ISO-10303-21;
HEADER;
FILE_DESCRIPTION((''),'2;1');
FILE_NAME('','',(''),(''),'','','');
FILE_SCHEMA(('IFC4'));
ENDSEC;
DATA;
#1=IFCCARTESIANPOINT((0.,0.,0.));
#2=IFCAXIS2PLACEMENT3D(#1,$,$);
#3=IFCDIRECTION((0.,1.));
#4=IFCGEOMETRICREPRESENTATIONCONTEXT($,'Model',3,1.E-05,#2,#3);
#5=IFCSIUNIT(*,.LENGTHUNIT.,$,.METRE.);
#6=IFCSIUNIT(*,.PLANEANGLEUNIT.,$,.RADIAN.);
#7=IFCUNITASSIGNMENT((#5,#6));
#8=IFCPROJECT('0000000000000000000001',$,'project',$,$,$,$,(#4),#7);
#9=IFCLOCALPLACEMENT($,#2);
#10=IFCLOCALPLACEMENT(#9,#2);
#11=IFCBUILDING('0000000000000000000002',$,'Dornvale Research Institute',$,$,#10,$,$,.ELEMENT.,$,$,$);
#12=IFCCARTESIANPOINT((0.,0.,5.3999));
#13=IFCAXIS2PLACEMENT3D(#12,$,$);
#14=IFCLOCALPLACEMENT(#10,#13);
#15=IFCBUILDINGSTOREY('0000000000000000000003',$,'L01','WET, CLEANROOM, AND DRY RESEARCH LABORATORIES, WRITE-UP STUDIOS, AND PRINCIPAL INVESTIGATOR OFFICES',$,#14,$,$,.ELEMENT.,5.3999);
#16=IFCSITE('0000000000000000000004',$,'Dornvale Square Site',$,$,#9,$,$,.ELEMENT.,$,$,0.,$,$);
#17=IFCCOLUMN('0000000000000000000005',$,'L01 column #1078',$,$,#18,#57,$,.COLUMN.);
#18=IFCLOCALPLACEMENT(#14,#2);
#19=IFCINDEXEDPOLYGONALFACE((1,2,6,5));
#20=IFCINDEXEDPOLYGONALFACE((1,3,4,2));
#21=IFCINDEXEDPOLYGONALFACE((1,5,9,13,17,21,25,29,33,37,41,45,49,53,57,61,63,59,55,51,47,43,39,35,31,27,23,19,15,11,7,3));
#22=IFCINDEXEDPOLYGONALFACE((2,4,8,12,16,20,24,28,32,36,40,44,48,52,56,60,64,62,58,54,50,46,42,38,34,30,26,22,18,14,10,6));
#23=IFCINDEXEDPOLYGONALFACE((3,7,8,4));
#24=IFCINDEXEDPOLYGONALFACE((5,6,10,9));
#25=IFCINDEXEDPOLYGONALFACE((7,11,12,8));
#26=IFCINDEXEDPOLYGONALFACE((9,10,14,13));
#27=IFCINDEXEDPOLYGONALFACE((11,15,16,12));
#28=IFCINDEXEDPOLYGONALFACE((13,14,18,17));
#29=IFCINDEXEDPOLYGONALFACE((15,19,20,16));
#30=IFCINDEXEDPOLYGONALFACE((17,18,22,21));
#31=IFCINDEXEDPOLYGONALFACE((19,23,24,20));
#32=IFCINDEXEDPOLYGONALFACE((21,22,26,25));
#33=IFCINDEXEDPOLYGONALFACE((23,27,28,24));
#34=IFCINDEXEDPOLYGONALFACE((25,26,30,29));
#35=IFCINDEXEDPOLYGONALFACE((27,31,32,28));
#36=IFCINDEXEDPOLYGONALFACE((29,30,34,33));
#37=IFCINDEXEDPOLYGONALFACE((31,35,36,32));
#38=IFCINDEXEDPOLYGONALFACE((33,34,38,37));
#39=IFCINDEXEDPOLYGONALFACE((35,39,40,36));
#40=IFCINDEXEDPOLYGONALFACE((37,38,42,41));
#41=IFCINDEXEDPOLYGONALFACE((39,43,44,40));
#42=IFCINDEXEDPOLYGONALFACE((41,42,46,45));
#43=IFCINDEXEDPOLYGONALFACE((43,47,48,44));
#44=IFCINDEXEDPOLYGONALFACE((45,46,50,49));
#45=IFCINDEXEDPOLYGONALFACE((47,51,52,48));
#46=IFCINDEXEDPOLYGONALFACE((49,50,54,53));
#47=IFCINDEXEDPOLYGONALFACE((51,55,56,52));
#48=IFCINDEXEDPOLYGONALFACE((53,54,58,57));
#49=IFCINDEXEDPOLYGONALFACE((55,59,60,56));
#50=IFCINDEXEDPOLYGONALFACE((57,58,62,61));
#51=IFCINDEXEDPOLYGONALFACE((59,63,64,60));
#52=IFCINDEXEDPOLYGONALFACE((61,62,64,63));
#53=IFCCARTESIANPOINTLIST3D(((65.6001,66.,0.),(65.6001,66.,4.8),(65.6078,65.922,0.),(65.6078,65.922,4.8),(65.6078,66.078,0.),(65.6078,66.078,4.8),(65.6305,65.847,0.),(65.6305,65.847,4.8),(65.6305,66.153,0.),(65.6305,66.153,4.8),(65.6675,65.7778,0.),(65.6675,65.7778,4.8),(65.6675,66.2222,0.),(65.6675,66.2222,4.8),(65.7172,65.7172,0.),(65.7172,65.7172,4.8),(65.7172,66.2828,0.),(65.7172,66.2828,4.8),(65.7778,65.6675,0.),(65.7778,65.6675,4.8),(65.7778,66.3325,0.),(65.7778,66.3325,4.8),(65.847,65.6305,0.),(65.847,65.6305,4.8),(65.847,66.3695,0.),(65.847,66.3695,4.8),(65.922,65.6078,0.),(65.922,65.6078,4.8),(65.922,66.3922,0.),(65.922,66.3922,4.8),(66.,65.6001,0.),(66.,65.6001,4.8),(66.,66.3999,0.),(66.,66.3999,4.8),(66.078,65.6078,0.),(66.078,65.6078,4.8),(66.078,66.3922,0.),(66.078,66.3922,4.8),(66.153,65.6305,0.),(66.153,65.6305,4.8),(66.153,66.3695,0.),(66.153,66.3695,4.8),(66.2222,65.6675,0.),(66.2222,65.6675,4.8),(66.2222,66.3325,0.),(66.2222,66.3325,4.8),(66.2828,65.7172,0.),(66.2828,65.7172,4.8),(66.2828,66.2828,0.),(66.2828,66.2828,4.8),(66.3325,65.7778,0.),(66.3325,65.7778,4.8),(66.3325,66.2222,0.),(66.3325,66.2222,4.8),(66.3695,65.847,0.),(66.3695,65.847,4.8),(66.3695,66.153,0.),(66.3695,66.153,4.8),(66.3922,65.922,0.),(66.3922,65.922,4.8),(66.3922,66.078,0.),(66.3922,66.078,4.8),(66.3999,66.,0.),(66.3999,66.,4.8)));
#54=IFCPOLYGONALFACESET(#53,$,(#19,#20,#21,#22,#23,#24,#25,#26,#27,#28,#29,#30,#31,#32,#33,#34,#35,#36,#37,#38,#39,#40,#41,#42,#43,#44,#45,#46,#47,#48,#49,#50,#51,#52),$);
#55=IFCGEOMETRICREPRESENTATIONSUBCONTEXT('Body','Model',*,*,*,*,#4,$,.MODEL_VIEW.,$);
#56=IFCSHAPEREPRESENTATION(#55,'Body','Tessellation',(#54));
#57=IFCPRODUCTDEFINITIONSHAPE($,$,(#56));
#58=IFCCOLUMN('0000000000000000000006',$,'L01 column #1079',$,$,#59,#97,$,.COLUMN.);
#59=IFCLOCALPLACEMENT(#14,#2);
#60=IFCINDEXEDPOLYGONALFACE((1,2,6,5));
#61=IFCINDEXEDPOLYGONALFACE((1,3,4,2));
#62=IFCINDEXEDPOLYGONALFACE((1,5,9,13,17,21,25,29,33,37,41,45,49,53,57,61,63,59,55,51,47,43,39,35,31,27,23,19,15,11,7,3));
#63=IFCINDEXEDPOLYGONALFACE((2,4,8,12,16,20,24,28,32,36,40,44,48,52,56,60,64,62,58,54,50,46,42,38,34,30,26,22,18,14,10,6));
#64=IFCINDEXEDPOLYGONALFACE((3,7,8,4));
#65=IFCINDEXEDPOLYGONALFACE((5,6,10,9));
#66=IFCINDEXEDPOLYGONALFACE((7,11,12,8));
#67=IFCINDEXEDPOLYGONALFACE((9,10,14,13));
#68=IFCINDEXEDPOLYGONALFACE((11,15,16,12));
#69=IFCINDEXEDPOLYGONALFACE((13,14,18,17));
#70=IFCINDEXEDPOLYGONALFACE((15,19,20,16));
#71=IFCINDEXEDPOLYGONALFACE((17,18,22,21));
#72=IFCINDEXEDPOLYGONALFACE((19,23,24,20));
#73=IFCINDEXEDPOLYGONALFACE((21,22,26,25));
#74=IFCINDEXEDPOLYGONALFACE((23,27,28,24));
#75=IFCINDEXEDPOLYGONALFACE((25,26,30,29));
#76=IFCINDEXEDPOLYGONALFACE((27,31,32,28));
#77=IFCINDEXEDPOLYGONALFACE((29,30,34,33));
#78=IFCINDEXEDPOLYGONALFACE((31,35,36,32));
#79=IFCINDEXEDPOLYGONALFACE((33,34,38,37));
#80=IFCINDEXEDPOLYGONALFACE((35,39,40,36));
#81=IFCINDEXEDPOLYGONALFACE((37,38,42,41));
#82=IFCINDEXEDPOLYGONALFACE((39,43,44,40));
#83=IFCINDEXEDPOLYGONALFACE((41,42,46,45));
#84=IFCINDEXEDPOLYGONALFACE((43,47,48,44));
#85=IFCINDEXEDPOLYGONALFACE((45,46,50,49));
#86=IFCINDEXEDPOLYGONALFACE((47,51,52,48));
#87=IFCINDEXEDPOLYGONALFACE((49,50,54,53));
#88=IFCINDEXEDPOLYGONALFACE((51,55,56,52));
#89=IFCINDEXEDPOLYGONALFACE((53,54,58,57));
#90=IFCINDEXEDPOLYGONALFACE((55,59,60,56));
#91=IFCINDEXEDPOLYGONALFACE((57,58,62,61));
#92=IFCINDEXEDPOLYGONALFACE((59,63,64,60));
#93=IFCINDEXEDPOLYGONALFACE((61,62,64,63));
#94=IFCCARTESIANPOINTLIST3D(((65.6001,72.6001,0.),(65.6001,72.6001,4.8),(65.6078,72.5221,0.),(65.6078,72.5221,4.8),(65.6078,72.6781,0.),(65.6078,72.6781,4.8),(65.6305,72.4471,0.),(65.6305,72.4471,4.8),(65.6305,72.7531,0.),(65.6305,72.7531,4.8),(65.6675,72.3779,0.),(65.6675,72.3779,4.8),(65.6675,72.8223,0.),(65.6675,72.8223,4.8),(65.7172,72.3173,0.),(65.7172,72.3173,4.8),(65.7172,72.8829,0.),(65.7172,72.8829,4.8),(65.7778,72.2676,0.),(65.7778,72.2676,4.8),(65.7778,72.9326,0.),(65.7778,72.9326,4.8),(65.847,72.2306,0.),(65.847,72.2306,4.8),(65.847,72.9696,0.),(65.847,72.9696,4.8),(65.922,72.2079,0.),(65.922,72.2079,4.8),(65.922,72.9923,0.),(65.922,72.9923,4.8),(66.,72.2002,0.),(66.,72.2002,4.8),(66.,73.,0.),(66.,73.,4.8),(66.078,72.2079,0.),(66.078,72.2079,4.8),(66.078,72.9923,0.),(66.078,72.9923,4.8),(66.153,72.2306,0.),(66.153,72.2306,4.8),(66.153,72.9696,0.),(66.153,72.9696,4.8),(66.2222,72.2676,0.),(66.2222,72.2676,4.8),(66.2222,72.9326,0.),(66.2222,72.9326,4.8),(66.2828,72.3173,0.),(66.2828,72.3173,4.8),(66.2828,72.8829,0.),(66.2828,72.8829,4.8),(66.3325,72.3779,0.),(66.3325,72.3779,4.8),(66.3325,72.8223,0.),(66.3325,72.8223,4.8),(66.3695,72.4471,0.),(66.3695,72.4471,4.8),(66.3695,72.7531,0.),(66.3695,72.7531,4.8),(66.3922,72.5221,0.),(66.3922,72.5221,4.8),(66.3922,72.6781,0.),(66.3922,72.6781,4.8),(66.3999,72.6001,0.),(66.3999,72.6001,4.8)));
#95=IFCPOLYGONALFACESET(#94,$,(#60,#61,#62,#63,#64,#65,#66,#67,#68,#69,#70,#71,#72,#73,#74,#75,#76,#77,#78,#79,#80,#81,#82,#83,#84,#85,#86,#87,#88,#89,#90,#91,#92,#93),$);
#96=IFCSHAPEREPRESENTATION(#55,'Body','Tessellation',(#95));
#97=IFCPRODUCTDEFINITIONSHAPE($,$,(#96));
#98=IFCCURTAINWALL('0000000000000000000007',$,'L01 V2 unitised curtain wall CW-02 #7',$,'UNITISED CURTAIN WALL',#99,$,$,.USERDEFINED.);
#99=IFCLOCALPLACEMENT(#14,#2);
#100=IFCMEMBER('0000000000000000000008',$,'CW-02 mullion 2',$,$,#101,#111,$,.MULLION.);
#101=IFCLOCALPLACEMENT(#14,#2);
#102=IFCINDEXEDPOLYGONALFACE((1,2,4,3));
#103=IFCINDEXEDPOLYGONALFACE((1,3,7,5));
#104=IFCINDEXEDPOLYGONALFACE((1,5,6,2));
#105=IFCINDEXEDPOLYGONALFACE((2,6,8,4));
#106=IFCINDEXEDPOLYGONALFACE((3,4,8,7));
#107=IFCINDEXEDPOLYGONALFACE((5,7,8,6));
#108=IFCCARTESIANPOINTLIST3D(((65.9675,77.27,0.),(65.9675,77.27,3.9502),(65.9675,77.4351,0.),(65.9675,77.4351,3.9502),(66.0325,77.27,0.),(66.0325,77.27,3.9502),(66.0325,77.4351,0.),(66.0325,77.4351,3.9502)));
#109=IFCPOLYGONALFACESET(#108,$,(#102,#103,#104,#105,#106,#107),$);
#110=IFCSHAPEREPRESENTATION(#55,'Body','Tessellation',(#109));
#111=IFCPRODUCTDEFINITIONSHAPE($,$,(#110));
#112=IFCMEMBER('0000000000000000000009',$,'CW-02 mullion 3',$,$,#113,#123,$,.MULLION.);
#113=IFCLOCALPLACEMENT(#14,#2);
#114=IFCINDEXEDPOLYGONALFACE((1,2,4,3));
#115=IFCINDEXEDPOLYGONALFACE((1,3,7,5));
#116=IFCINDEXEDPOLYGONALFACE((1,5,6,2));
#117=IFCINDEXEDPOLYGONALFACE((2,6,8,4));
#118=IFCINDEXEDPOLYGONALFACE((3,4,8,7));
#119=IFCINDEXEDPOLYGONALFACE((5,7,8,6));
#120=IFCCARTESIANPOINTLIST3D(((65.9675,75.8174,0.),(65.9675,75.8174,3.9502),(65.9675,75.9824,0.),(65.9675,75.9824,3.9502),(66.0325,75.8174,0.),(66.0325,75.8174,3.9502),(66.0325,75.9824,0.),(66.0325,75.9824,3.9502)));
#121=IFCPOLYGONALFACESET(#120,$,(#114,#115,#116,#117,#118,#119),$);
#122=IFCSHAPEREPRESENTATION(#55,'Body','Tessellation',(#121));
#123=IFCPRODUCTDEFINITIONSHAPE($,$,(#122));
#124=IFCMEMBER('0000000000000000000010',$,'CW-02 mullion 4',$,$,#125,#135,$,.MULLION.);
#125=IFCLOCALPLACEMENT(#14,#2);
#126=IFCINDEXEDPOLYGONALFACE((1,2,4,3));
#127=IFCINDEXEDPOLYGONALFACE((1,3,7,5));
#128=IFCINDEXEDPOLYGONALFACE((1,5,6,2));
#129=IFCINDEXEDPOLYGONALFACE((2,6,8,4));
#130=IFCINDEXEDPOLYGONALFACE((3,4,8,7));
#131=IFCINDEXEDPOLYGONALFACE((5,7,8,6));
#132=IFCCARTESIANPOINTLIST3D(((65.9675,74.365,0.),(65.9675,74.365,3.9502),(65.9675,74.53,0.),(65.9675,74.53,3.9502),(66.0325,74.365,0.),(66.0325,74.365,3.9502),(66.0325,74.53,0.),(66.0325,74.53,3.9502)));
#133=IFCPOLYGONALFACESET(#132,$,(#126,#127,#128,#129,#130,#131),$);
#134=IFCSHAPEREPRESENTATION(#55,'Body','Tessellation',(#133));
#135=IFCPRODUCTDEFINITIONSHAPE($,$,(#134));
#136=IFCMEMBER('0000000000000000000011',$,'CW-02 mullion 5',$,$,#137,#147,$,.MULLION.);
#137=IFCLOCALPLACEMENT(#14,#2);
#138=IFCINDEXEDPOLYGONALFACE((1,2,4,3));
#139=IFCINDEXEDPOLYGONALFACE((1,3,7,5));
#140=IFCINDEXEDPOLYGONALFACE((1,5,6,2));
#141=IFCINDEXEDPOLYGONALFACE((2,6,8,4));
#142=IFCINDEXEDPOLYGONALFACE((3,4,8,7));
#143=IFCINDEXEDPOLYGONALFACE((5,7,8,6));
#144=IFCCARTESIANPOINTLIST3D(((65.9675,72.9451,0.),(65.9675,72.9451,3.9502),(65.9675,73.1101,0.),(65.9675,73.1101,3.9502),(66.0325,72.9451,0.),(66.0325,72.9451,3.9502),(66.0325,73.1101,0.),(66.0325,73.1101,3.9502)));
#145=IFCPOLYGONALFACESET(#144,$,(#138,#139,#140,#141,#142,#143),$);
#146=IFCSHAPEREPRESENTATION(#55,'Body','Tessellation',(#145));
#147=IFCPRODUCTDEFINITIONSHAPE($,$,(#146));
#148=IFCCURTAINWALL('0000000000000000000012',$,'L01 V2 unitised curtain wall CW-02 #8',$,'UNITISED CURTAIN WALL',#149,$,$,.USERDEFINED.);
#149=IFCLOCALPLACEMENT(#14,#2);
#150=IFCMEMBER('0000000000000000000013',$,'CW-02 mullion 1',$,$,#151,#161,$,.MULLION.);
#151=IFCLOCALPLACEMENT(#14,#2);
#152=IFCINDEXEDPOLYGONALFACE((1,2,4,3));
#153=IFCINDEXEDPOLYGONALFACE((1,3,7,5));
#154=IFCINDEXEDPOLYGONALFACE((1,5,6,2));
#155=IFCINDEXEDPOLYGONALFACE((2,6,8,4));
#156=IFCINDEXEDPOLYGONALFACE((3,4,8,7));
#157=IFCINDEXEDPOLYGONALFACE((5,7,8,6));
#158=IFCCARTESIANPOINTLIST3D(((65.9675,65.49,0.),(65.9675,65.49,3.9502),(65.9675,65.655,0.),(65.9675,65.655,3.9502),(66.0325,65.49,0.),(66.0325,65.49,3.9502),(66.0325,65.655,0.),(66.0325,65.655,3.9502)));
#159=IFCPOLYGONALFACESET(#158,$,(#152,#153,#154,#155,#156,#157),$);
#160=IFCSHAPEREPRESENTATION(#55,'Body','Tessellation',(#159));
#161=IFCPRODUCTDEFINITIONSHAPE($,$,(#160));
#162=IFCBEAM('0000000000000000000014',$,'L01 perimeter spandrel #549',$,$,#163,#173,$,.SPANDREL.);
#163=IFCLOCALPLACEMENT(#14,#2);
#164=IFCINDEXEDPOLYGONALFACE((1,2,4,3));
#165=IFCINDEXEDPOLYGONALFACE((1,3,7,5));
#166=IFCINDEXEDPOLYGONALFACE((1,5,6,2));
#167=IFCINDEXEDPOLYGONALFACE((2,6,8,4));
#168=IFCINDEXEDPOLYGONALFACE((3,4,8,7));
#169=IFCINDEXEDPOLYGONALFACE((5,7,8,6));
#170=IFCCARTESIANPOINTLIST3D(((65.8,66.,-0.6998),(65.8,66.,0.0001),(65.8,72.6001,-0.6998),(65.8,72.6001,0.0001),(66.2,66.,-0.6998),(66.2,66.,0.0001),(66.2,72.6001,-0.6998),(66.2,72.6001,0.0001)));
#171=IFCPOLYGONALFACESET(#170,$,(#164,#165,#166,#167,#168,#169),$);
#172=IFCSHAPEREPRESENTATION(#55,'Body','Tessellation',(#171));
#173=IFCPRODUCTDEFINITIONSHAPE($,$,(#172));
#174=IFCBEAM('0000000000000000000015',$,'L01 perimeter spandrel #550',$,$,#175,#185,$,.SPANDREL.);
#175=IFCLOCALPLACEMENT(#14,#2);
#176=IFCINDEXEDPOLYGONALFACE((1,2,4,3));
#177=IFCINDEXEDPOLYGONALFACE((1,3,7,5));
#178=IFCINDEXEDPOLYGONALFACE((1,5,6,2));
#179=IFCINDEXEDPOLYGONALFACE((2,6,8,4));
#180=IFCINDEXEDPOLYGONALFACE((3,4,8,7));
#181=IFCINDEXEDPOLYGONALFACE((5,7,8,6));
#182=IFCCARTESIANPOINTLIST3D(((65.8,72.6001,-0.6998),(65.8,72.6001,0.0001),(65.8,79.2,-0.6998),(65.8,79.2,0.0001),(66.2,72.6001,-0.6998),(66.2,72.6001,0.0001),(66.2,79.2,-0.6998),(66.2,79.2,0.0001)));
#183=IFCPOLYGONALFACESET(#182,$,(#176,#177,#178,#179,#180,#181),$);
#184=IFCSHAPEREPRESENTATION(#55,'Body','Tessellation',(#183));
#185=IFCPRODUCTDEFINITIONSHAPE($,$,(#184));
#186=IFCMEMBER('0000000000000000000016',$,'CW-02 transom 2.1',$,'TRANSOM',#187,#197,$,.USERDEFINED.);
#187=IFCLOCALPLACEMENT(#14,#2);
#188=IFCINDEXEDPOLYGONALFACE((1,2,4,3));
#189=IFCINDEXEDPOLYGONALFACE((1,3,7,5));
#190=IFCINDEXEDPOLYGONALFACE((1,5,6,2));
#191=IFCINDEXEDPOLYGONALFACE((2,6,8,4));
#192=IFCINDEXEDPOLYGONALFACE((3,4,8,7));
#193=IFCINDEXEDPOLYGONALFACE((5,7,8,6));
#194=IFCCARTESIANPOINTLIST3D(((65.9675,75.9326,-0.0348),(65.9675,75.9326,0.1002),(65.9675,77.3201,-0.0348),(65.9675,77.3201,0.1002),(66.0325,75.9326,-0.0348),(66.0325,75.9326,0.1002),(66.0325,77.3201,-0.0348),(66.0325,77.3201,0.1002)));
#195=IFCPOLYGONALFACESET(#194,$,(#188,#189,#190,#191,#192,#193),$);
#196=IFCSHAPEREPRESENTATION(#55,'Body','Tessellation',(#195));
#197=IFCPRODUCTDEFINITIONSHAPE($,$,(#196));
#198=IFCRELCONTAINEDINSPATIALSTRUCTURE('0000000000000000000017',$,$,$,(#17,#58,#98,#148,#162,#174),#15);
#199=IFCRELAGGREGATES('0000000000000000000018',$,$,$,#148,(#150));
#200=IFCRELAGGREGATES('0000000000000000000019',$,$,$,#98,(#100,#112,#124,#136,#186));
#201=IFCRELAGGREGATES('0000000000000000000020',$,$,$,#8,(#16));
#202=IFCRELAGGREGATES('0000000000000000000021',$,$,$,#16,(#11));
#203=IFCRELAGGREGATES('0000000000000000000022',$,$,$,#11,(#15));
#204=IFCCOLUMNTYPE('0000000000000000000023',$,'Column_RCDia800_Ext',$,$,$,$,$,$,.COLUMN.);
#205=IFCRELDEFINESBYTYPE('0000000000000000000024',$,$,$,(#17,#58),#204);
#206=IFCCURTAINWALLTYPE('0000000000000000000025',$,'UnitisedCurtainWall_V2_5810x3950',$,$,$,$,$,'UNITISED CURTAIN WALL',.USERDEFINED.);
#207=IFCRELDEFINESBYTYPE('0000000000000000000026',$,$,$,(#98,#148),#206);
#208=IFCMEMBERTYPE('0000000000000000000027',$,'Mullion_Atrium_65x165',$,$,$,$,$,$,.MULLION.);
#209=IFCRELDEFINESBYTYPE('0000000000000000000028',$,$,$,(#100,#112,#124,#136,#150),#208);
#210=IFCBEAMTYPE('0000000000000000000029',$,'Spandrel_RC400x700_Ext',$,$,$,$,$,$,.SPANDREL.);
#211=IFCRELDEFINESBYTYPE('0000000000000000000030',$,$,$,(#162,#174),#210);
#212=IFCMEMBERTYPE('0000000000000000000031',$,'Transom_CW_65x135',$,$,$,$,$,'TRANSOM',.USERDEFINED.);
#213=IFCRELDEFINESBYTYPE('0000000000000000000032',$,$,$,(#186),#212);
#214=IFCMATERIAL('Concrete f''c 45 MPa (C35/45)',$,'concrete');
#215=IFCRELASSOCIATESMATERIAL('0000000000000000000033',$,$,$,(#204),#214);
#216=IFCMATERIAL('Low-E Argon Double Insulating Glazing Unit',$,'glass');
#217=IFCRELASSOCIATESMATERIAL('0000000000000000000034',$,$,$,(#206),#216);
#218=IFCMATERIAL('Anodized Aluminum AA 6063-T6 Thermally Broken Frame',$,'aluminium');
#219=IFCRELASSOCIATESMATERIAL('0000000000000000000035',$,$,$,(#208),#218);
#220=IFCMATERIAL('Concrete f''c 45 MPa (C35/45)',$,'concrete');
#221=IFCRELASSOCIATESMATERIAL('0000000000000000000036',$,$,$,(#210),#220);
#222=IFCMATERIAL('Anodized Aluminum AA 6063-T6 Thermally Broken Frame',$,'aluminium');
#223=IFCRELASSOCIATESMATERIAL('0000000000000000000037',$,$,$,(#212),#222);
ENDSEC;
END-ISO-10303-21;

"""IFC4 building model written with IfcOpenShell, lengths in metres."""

from ifc_helpers import new_model, si_unit, direction, frame, origin, origin_2d, place, context, subcontext, project, spatial, rectangle, circle, extrude, material, material_profile, profile_set, type_object, element, aggregate, save


model = new_model("IFC4")

# Units and contexts
model_context = context("Model", 3, precision=1e-05, world=origin(), true_north=direction((0.0, 1.0)))
body_context = subcontext(model_context, "Body", "Model", "MODEL_VIEW")
ifc_project = project(units=[si_unit("LENGTHUNIT", "METRE"), si_unit("PLANEANGLEUNIT", "RADIAN")], contexts=[model_context])

# Site, building, storey
site_placement = place(None, origin())
site = spatial("IfcSite", under=ifc_project, at=site_placement, Name="Dornvale Square Site", CompositionType="ELEMENT", RefElevation=0.0)
building_placement = place(site_placement, origin())
building = spatial("IfcBuilding", under=site, at=building_placement, Name="Dornvale Research Institute", CompositionType="ELEMENT")
storey_placement = place(building_placement, frame((0.0, 0.0, 5.3999)))
storey = spatial("IfcBuildingStorey", under=building, at=storey_placement, Name="L01", Description="WET, CLEANROOM, AND DRY RESEARCH LABORATORIES, WRITE-UP STUDIOS, AND PRINCIPAL INVESTIGATOR OFFICES", CompositionType="ELEMENT", Elevation=5.3999)

# Columns
ifc_material_1 = material(Name="Concrete f'c 45 MPa (C35/45)", Category="concrete")
ifc_material_profile_1 = material_profile(ifc_material_1, circle(Radius=0.3999, at=origin_2d()), Name="RC DIA 800")
ifc_profile_set_1 = profile_set([ifc_material_profile_1], Name="Concrete f'c 45 MPa (C35/45)")
column_type = type_object("IfcColumnType", Name="Column_RCDia800_Ext", PredefinedType="COLUMN", material=ifc_profile_set_1)
for number, where, z_axis, x_axis, name in (
    (1, (66.0, 66.0, 0.0), (0.0, 0.0, 1.0), (1.0, 0.0, 0.0), "L01 column #1078"),
    (2, (66.0, 72.6001, 0.0), (0.0, 0.0, 1.0), (1.0, 0.0, 0.0), "L01 column #1079"),
):
    element("IfcColumn", number, at=place(storey_placement, frame(where, z_axis=z_axis, x_axis=x_axis)), inside=storey, type_object=column_type, Name=name, PredefinedType="COLUMN", context=body_context, shape_type="SweptSolid", body=[
        extrude(circle(Radius=0.3999, at=origin_2d()), origin(), (0.0, 0.0, 1.0), 4.8),
    ])

# Curtain wall, members
ifc_material_2 = material(Name="Low-E Argon Double Insulating Glazing Unit", Category="glass")
curtain_wall_type = type_object("IfcCurtainWallType", Name="UnitisedCurtainWall_V2_5810x3950", ElementType="UNITISED CURTAIN WALL", PredefinedType="USERDEFINED", material=ifc_material_2)
curtain_wall_1_placement = place(storey_placement, origin())
curtain_wall_1 = element("IfcCurtainWall", 3, at=curtain_wall_1_placement, inside=storey, type_object=curtain_wall_type, Name="L01 V2 unitised curtain wall CW-02 #7", ObjectType="UNITISED CURTAIN WALL", PredefinedType="USERDEFINED")
ifc_material_3 = material(Name="Anodized Aluminum AA 6063-T6 Thermally Broken Frame", Category="aluminium")
ifc_material_profile_2 = material_profile(ifc_material_3, rectangle(XDim=0.0649, YDim=0.165, at=origin_2d()), Name="ALU MULLION 65x165")
ifc_profile_set_2 = profile_set([ifc_material_profile_2], Name="Anodized Aluminum AA 6063-T6 Thermally Broken Frame")
member_type_1 = type_object("IfcMemberType", Name="Mullion_Atrium_65x165", PredefinedType="MULLION", material=ifc_profile_set_2)
member_1_placement = place(storey_placement, frame((66.0, 77.3525, 0.0), z_axis=(0.0, 0.0, 1.0), x_axis=(1.0, 0.0, 0.0)))
member_1 = element("IfcMember", 4, at=member_1_placement, type_object=member_type_1, Name="CW-02 mullion 2", PredefinedType="MULLION", context=body_context, shape_type="SweptSolid", body=[
    extrude(rectangle(XDim=0.0649, YDim=0.165, at=origin_2d()), origin(), (0.0, 0.0, 1.0), 3.9502),
])
member_2_placement = place(storey_placement, frame((66.0, 75.8999, 0.0), z_axis=(0.0, 0.0, 1.0), x_axis=(1.0, 0.0, 0.0)))
member_2 = element("IfcMember", 5, at=member_2_placement, type_object=member_type_1, Name="CW-02 mullion 3", PredefinedType="MULLION", context=body_context, shape_type="SweptSolid", body=[
    extrude(rectangle(XDim=0.0649, YDim=0.165, at=origin_2d()), origin(), (0.0, 0.0, 1.0), 3.9502),
])
member_3_placement = place(storey_placement, frame((66.0, 74.4475, 0.0), z_axis=(0.0, 0.0, 1.0), x_axis=(1.0, 0.0, 0.0)))
member_3 = element("IfcMember", 6, at=member_3_placement, type_object=member_type_1, Name="CW-02 mullion 4", PredefinedType="MULLION", context=body_context, shape_type="SweptSolid", body=[
    extrude(rectangle(XDim=0.0649, YDim=0.165, at=origin_2d()), origin(), (0.0, 0.0, 1.0), 3.9502),
])
member_4_placement = place(storey_placement, frame((66.0, 73.0276, 0.0), z_axis=(0.0, 0.0, 1.0), x_axis=(1.0, 0.0, 0.0)))
member_4 = element("IfcMember", 7, at=member_4_placement, type_object=member_type_1, Name="CW-02 mullion 5", PredefinedType="MULLION", context=body_context, shape_type="SweptSolid", body=[
    extrude(rectangle(XDim=0.0649, YDim=0.165, at=origin_2d()), origin(), (0.0, 0.0, 1.0), 3.9502),
])

# Curtain wall, member
curtain_wall_2_placement = place(storey_placement, origin())
curtain_wall_2 = element("IfcCurtainWall", 8, at=curtain_wall_2_placement, inside=storey, type_object=curtain_wall_type, Name="L01 V2 unitised curtain wall CW-02 #8", ObjectType="UNITISED CURTAIN WALL", PredefinedType="USERDEFINED")
member_5_placement = place(storey_placement, frame((66.0, 65.5725, 0.0), z_axis=(0.0, 0.0, 1.0), x_axis=(1.0, 0.0, 0.0)))
member_5 = element("IfcMember", 9, at=member_5_placement, type_object=member_type_1, Name="CW-02 mullion 1", PredefinedType="MULLION", context=body_context, shape_type="SweptSolid", body=[
    extrude(rectangle(XDim=0.0649, YDim=0.165, at=origin_2d()), origin(), (0.0, 0.0, 1.0), 3.9502),
])
aggregate(curtain_wall_2, [member_5])

# Beams
ifc_material_4 = material(Name="Concrete f'c 45 MPa (C35/45)", Category="concrete")
ifc_material_profile_3 = material_profile(ifc_material_4, rectangle(XDim=0.3999, YDim=0.7, at=origin_2d()), Name="RC 400x700")
ifc_profile_set_3 = profile_set([ifc_material_profile_3], Name="Concrete f'c 45 MPa (C35/45)")
beam_type = type_object("IfcBeamType", Name="Spandrel_RC400x700_Ext", PredefinedType="SPANDREL", material=ifc_profile_set_3)
beam_1_placement = place(storey_placement, frame((66.0, 66.0, -0.3499), z_axis=(0.0, 1.0, 0.0), x_axis=(-1.0, 0.0, 0.0)))
element("IfcBeam", 10, at=beam_1_placement, inside=storey, type_object=beam_type, Name="L01 perimeter spandrel #549", PredefinedType="SPANDREL", context=body_context, shape_type="SweptSolid", body=[
    extrude(rectangle(XDim=0.3999, YDim=0.7, at=origin_2d()), origin(), (0.0, 0.0, 1.0), 6.6001),
])
beam_2_placement = place(storey_placement, frame((66.0, 72.6001, -0.3499), z_axis=(0.0, 1.0, 0.0), x_axis=(-1.0, 0.0, 0.0)))
element("IfcBeam", 11, at=beam_2_placement, inside=storey, type_object=beam_type, Name="L01 perimeter spandrel #550", PredefinedType="SPANDREL", context=body_context, shape_type="SweptSolid", body=[
    extrude(rectangle(XDim=0.3999, YDim=0.7, at=origin_2d()), origin(), (0.0, 0.0, 1.0), 6.5999),
])

# Member
ifc_material_5 = material(Name="Anodized Aluminum AA 6063-T6 Thermally Broken Frame", Category="aluminium")
ifc_material_profile_4 = material_profile(ifc_material_5, rectangle(XDim=0.0649, YDim=0.135, at=origin_2d()), Name="ALU TRANSOM 65x135")
ifc_profile_set_4 = profile_set([ifc_material_profile_4], Name="Anodized Aluminum AA 6063-T6 Thermally Broken Frame")
member_type_2 = type_object("IfcMemberType", Name="Transom_CW_65x135", ElementType="TRANSOM", PredefinedType="USERDEFINED", material=ifc_profile_set_4)
member_6_placement = place(storey_placement, frame((66.0, 77.3201, 0.0327), z_axis=(0.0, -1.0, 0.0), x_axis=(1.0, 0.0, 0.0)))
member_6 = element("IfcMember", 12, at=member_6_placement, type_object=member_type_2, Name="CW-02 transom 2.1", ObjectType="TRANSOM", PredefinedType="USERDEFINED", context=body_context, shape_type="SweptSolid", body=[
    extrude(rectangle(XDim=0.0649, YDim=0.135, at=origin_2d()), origin(), (0.0, 0.0, 1.0), 1.3875),
])

aggregate(curtain_wall_1, [member_1, member_2, member_3, member_4, member_6])

save(model, "model.ifc")
